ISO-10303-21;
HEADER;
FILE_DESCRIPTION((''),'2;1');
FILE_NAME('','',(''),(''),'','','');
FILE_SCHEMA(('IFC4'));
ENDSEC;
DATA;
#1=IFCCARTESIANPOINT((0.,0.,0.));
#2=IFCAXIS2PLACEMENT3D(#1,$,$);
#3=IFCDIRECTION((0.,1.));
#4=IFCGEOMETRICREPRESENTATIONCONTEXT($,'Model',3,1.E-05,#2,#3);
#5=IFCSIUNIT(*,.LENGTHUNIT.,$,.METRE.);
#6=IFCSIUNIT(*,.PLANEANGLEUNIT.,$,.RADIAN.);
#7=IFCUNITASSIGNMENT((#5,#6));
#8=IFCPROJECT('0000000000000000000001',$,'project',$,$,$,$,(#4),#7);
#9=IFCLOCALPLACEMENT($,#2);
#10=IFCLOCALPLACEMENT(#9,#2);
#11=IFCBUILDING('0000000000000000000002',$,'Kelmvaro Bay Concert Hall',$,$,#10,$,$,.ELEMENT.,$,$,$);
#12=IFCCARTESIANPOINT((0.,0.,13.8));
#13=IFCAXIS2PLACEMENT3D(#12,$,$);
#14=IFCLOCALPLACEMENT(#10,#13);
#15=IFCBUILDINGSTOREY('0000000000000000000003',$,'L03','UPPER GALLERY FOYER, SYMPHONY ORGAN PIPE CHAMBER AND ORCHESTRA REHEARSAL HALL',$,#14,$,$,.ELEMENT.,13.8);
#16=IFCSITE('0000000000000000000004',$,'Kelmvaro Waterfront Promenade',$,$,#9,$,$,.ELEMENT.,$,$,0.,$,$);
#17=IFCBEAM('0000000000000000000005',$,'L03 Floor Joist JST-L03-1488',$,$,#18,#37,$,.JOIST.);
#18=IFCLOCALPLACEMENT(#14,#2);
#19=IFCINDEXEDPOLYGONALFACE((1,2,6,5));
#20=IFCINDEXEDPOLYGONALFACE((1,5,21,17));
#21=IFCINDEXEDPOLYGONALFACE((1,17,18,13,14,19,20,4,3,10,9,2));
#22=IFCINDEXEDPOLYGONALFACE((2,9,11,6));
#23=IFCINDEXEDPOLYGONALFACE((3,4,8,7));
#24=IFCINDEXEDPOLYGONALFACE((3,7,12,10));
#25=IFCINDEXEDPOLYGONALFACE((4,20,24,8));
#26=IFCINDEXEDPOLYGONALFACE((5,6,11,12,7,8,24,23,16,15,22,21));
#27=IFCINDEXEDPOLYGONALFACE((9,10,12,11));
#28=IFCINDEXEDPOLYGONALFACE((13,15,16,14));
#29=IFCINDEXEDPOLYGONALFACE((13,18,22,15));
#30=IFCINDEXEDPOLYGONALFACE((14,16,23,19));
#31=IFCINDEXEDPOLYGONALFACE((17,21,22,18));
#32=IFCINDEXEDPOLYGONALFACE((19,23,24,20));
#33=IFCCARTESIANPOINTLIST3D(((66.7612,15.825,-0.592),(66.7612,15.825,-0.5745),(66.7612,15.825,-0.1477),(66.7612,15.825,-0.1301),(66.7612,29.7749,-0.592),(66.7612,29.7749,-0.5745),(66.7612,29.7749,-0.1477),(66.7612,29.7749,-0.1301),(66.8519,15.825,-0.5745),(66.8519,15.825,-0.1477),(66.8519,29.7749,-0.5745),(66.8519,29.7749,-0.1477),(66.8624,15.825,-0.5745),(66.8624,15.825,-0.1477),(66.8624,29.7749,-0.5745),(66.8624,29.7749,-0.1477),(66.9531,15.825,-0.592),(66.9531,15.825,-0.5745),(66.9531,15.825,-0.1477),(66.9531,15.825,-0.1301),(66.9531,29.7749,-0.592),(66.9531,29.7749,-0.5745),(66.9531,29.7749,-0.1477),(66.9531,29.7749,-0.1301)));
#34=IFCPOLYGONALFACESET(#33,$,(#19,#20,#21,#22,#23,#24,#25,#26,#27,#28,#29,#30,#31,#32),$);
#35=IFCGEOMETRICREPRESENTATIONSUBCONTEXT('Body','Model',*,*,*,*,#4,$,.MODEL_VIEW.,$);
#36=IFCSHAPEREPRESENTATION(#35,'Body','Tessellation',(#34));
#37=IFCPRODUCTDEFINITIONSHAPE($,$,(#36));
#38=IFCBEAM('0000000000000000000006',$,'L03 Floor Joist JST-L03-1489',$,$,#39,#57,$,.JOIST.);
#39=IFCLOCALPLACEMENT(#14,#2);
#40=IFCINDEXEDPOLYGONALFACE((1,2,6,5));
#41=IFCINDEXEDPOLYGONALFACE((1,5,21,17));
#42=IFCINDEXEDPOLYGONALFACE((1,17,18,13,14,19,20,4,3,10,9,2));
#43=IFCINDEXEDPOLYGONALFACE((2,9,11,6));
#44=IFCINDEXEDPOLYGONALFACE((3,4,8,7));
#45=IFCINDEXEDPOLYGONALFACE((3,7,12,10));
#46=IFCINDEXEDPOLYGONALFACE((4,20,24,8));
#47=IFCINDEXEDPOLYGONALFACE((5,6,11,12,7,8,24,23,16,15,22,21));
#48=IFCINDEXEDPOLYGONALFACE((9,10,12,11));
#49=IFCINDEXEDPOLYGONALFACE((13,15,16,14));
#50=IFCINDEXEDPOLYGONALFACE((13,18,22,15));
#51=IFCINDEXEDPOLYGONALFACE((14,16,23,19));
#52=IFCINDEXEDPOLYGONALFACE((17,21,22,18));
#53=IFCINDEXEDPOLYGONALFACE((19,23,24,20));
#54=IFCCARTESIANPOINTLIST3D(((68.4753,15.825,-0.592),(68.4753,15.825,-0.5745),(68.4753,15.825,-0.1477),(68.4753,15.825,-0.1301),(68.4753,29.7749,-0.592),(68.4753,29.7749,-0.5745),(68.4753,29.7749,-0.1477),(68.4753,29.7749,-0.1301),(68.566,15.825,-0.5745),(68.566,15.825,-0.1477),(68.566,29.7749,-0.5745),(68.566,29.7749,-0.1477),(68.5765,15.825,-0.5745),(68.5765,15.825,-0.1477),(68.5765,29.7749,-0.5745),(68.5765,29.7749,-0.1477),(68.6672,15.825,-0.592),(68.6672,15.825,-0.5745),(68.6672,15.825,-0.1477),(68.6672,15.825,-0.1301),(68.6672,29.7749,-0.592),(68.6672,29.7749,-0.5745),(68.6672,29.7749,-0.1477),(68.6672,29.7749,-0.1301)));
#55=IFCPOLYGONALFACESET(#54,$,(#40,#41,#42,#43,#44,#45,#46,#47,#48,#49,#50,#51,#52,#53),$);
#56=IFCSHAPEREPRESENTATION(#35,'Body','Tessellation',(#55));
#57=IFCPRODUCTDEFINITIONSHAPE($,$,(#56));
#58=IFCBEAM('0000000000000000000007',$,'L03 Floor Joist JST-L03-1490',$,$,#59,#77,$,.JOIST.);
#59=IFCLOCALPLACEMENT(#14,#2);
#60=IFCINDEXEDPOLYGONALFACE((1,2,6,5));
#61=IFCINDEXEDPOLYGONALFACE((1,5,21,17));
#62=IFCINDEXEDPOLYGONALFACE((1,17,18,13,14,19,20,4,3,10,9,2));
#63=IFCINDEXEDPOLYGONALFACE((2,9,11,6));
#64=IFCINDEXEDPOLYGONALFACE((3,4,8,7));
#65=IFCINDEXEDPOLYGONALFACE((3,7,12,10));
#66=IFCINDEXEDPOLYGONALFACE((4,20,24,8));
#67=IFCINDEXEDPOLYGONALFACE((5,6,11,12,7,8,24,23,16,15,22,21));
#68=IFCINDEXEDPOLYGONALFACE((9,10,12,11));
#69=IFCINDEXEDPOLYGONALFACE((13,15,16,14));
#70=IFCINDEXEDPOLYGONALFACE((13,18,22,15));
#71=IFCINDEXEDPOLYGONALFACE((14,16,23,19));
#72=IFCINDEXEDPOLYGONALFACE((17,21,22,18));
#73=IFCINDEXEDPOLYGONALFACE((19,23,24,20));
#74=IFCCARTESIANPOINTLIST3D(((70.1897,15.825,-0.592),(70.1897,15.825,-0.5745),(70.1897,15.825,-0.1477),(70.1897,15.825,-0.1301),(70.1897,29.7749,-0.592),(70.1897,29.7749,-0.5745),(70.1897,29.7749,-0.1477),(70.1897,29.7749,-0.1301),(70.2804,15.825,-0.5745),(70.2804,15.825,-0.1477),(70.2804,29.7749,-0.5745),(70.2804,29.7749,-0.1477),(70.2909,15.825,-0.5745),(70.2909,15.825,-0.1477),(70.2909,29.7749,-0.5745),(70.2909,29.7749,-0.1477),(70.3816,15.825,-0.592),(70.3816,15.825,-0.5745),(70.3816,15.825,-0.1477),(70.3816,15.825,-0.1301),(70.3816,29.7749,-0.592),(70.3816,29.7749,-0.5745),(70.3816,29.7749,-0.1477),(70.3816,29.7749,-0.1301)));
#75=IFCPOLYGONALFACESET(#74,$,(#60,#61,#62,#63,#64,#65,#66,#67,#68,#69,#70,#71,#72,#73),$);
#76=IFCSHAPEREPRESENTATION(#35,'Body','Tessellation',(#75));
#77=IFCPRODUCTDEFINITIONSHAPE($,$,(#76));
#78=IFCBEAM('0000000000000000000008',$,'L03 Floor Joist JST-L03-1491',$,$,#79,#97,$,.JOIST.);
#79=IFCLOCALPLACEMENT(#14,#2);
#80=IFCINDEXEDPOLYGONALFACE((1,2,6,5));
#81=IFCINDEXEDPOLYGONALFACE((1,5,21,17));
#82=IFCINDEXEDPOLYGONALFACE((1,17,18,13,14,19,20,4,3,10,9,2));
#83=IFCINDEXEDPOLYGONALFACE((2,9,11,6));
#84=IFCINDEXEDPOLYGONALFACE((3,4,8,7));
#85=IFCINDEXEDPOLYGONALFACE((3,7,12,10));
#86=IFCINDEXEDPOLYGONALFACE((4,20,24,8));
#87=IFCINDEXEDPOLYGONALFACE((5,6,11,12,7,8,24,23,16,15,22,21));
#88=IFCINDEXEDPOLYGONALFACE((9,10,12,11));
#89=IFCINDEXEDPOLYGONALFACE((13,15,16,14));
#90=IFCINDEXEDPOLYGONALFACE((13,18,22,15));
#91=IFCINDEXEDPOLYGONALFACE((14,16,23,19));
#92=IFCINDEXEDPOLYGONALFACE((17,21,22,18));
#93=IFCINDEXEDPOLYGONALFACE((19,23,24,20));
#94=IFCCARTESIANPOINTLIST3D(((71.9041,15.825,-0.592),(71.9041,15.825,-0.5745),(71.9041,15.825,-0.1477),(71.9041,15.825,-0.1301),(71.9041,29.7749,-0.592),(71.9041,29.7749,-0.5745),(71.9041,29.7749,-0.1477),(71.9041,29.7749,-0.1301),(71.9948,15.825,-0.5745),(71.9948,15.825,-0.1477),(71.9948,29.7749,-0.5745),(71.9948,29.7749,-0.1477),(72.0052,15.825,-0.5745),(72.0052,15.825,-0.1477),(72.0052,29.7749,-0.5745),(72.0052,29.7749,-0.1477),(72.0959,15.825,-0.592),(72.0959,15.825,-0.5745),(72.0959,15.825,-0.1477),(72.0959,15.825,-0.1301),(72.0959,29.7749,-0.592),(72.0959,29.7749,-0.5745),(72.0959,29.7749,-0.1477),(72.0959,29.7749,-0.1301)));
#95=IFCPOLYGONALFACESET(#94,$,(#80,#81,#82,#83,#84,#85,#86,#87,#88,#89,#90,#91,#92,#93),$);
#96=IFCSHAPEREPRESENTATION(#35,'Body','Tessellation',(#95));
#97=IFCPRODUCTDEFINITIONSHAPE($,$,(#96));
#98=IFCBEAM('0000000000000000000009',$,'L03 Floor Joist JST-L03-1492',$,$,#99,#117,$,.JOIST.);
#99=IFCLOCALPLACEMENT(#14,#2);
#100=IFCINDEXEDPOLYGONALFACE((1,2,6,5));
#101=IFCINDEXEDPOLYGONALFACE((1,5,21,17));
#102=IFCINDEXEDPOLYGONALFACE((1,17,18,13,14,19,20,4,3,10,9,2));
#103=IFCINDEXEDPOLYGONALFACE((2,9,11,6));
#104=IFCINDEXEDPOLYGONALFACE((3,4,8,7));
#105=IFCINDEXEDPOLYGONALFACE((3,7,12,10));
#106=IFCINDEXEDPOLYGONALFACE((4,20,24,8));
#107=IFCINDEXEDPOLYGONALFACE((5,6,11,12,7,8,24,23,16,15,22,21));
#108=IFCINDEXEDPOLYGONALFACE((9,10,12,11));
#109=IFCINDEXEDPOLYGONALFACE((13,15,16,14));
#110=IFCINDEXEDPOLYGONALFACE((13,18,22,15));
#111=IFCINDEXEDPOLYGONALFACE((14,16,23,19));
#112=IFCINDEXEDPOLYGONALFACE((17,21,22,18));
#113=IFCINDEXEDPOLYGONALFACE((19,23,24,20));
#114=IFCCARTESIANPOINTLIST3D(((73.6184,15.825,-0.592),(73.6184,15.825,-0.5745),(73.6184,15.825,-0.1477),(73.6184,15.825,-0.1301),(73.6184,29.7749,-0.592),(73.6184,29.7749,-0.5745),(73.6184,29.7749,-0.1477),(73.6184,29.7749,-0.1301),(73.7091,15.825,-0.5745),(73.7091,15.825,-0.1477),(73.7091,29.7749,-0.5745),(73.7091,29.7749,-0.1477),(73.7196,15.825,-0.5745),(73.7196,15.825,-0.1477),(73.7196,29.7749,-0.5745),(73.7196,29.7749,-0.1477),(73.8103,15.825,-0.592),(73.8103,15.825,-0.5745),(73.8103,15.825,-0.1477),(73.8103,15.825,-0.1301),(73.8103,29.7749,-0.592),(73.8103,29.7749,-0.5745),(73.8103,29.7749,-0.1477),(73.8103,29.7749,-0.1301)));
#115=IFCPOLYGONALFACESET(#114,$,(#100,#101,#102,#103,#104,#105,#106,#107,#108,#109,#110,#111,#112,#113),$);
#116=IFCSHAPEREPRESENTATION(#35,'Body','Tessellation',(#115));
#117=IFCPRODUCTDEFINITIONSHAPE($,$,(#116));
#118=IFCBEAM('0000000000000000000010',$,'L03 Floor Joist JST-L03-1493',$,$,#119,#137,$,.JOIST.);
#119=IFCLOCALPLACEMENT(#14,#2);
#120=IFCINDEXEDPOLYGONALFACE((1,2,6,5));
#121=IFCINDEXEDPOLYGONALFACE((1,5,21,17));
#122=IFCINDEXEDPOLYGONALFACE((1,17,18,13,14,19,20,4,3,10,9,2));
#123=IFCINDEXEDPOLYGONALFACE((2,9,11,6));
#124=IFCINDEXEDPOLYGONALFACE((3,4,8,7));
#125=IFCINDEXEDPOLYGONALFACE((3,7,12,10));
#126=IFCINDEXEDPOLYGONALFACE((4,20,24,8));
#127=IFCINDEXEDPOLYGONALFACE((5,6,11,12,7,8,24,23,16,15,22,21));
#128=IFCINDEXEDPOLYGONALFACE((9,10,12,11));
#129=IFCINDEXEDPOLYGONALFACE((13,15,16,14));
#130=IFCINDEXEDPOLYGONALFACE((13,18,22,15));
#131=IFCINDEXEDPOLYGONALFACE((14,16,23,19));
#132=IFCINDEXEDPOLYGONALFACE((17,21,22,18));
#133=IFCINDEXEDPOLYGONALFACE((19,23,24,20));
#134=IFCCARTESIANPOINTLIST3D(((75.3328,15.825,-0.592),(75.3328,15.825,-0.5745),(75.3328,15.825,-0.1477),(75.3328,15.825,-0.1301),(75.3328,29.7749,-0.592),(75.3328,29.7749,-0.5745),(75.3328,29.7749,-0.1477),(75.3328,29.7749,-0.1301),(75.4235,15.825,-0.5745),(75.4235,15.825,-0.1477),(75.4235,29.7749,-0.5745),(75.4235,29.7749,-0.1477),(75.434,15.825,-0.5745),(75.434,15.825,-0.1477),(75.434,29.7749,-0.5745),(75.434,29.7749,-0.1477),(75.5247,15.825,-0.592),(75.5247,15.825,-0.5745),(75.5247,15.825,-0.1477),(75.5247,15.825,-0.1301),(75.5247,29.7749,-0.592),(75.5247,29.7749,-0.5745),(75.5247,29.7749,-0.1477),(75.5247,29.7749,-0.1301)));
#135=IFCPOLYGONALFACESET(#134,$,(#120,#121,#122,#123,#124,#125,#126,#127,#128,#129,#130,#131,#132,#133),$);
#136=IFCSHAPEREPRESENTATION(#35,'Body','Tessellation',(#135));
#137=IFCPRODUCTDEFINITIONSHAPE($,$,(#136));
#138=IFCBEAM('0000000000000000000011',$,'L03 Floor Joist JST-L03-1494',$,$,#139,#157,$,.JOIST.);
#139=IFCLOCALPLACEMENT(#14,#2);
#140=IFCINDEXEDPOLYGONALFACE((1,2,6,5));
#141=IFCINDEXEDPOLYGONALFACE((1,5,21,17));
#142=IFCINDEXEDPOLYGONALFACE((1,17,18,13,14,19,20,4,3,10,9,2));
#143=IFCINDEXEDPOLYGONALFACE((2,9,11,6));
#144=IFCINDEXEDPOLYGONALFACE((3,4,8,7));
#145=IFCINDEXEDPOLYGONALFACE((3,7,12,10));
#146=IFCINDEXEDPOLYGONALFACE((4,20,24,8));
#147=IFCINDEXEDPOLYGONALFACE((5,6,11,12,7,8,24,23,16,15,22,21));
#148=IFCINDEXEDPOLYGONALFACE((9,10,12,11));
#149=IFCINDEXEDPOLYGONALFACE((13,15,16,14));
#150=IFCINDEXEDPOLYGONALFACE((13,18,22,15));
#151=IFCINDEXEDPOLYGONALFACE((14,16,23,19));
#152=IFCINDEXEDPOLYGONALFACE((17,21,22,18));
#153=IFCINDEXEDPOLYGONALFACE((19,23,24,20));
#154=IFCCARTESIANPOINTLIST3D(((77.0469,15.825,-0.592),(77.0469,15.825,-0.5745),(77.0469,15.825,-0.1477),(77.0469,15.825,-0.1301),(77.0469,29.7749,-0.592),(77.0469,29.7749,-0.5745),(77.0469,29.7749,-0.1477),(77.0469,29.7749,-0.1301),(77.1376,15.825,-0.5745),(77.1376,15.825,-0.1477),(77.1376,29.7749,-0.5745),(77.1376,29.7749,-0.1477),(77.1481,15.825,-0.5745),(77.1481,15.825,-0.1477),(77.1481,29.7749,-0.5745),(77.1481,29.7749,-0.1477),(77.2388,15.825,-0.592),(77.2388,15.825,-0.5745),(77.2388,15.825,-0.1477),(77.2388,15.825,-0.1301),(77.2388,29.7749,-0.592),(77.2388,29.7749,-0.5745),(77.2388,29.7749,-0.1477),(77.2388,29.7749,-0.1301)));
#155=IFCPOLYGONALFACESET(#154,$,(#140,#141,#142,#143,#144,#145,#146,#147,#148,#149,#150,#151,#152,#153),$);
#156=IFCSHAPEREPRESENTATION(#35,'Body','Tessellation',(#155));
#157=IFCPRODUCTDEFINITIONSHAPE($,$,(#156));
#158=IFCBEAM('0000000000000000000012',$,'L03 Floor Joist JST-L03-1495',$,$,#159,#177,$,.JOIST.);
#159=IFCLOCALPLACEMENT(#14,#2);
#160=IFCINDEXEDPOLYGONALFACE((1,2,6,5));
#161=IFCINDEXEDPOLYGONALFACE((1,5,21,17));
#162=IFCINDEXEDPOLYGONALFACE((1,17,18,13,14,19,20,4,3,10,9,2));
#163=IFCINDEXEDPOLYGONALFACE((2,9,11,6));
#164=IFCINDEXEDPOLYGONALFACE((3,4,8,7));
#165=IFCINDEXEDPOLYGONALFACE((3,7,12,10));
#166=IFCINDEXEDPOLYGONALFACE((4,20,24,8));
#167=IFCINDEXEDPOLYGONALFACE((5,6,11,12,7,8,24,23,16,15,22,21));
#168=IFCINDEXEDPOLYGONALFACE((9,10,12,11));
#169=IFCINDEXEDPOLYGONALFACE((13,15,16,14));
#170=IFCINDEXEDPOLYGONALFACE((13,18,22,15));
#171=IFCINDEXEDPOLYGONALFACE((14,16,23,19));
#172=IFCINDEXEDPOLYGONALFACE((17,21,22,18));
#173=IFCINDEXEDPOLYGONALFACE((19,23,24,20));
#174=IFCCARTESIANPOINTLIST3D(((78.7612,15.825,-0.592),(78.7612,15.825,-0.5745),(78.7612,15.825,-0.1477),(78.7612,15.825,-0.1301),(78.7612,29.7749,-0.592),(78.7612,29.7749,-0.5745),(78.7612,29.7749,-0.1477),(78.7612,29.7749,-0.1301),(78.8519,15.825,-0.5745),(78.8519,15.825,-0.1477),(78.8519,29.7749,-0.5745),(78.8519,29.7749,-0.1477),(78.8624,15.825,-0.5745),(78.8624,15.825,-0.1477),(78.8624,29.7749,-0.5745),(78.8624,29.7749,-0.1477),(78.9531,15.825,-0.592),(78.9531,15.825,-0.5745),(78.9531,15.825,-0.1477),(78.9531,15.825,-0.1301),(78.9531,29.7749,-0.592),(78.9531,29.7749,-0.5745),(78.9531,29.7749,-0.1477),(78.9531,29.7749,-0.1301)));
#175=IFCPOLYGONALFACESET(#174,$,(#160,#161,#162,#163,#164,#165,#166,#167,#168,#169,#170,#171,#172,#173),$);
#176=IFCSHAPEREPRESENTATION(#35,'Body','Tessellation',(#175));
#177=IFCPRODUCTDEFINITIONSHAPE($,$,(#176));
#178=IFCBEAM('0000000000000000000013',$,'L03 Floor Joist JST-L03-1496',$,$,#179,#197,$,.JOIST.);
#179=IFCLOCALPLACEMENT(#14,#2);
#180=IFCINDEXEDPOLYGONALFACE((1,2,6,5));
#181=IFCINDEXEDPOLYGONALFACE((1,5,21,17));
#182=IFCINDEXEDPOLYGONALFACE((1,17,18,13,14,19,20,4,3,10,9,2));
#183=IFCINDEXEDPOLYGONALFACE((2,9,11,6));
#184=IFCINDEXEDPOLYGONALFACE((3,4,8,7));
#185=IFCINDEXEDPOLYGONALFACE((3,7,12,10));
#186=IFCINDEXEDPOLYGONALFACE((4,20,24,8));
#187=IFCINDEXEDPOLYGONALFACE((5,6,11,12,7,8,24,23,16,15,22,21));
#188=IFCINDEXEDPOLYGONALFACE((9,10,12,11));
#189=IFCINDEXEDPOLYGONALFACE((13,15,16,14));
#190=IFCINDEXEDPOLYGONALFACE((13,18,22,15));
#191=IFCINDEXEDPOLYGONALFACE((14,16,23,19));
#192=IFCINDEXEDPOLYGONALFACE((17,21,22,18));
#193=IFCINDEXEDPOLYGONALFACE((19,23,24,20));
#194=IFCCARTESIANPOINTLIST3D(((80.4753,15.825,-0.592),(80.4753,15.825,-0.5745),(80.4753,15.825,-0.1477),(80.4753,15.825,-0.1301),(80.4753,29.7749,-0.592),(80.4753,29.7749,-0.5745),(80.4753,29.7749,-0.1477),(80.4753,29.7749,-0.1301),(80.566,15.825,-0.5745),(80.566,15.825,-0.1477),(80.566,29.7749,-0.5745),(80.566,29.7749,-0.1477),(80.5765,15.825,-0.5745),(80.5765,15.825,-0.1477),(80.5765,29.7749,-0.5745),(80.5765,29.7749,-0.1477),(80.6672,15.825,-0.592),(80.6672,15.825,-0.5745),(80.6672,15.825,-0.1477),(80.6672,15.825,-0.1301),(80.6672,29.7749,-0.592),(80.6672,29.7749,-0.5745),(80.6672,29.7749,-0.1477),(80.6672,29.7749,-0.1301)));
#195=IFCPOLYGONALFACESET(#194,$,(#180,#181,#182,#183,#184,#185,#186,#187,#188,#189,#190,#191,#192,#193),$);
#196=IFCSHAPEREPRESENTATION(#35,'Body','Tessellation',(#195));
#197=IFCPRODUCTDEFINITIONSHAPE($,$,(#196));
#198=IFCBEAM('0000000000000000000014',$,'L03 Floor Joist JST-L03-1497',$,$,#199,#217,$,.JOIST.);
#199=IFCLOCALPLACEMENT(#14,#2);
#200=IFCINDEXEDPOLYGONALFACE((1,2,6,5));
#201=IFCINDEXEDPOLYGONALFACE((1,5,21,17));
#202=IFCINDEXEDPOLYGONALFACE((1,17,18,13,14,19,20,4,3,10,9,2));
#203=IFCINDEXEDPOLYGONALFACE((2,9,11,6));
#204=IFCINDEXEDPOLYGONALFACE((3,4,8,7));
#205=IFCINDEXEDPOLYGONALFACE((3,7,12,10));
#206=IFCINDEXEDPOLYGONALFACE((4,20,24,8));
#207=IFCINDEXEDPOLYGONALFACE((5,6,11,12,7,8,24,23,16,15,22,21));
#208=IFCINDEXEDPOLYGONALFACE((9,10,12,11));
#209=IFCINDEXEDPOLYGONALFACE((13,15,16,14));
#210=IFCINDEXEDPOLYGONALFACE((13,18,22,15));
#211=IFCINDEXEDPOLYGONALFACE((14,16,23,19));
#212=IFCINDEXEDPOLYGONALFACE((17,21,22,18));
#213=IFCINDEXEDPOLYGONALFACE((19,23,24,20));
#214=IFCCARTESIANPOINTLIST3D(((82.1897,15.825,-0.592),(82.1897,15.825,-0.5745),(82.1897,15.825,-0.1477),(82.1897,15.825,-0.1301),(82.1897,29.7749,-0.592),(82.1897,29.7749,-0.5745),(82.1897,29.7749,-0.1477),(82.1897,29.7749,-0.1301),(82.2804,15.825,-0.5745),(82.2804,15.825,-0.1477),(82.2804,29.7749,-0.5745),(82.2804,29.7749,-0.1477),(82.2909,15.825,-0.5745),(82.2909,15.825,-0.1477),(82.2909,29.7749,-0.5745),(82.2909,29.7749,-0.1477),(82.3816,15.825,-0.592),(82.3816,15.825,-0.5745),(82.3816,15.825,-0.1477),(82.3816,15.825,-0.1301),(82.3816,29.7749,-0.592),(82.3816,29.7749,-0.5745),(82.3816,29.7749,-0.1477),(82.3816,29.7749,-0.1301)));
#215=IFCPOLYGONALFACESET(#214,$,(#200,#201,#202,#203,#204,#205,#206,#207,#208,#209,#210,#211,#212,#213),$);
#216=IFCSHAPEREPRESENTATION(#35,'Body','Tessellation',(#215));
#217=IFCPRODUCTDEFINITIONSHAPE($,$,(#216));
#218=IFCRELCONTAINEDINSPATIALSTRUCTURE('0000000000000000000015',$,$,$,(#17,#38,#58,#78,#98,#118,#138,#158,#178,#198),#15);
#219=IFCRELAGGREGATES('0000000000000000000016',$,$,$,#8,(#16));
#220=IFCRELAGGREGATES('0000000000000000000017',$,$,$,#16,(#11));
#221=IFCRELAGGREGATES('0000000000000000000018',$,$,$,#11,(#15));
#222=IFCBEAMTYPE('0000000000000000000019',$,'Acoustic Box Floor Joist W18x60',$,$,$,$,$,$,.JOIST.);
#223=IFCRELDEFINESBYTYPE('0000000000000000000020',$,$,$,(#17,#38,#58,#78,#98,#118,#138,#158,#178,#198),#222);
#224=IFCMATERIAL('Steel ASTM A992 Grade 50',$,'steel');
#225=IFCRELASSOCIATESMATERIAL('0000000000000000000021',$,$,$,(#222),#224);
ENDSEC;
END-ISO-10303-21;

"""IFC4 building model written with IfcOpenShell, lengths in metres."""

from ifc_helpers import new_model, si_unit, direction, frame, origin, origin_2d, place, context, subcontext, project, spatial, i_section, extrude, material, material_profile, profile_set, type_object, element, save


model = new_model("IFC4")

# Units and contexts
model_context = context("Model", 3, precision=1e-05, world=origin(), true_north=direction((0.0, 1.0)))
body_context = subcontext(model_context, "Body", "Model", "MODEL_VIEW")
ifc_project = project(units=[si_unit("LENGTHUNIT", "METRE"), si_unit("PLANEANGLEUNIT", "RADIAN")], contexts=[model_context])

# Site, building, storey
site_placement = place(None, origin())
site = spatial("IfcSite", under=ifc_project, at=site_placement, Name="Kelmvaro Waterfront Promenade", CompositionType="ELEMENT", RefElevation=0.0)
building_placement = place(site_placement, origin())
building = spatial("IfcBuilding", under=site, at=building_placement, Name="Kelmvaro Bay Concert Hall", CompositionType="ELEMENT")
storey_placement = place(building_placement, frame((0.0, 0.0, 13.8)))
storey = spatial("IfcBuildingStorey", under=building, at=storey_placement, Name="L03", Description="UPPER GALLERY FOYER, SYMPHONY ORGAN PIPE CHAMBER AND ORCHESTRA REHEARSAL HALL", CompositionType="ELEMENT", Elevation=13.8)

# Beams
ifc_material_1 = material(Name="Steel ASTM A992 Grade 50", Category="steel")
ifc_material_profile_1 = material_profile(ifc_material_1, i_section(OverallWidth=0.1919, OverallDepth=0.4619, WebThickness=0.0105, FlangeThickness=0.0176, at=origin_2d()), Name="W18X60")
ifc_profile_set_1 = profile_set([ifc_material_profile_1], Name="Steel ASTM A992 Grade 50")
beam_type_1 = type_object("IfcBeamType", Name="Acoustic Box Floor Joist W18x60", PredefinedType="JOIST", material=ifc_profile_set_1)
for number, where, z_axis, x_axis, name in (
    (1, (66.8572, 15.825, -0.3611), (0.0, 1.0, 0.0), (-1.0, 0.0, 0.0), "L03 Floor Joist JST-L03-1488"),
    (2, (68.5713, 15.825, -0.3611), (0.0, 1.0, 0.0), (-1.0, 0.0, 0.0), "L03 Floor Joist JST-L03-1489"),
    (3, (70.2856, 15.825, -0.3611), (0.0, 1.0, 0.0), (-1.0, 0.0, 0.0), "L03 Floor Joist JST-L03-1490"),
    (4, (72.0, 15.825, -0.3611), (0.0, 1.0, 0.0), (-1.0, 0.0, 0.0), "L03 Floor Joist JST-L03-1491"),
    (5, (73.7144, 15.825, -0.3611), (0.0, 1.0, 0.0), (-1.0, 0.0, 0.0), "L03 Floor Joist JST-L03-1492"),
    (6, (75.4287, 15.825, -0.3611), (0.0, 1.0, 0.0), (-1.0, 0.0, 0.0), "L03 Floor Joist JST-L03-1493"),
    (7, (77.1428, 15.825, -0.3611), (0.0, 1.0, 0.0), (-1.0, 0.0, 0.0), "L03 Floor Joist JST-L03-1494"),
    (8, (78.8572, 15.825, -0.3611), (0.0, 1.0, 0.0), (-1.0, 0.0, 0.0), "L03 Floor Joist JST-L03-1495"),
    (9, (80.5713, 15.825, -0.3611), (0.0, 1.0, 0.0), (-1.0, 0.0, 0.0), "L03 Floor Joist JST-L03-1496"),
    (10, (82.2856, 15.825, -0.3611), (0.0, 1.0, 0.0), (-1.0, 0.0, 0.0), "L03 Floor Joist JST-L03-1497"),
):
    element("IfcBeam", number, at=place(storey_placement, frame(where, z_axis=z_axis, x_axis=x_axis)), inside=storey, type_object=beam_type_1, Name=name, PredefinedType="JOIST", context=body_context, shape_type="SweptSolid", body=[
        extrude(i_section(OverallWidth=0.1919, OverallDepth=0.4619, WebThickness=0.0105, FlangeThickness=0.0176, at=origin_2d()), origin(), (0.0, 0.0, 1.0), 13.95),
    ])

save(model, "model.ifc")
